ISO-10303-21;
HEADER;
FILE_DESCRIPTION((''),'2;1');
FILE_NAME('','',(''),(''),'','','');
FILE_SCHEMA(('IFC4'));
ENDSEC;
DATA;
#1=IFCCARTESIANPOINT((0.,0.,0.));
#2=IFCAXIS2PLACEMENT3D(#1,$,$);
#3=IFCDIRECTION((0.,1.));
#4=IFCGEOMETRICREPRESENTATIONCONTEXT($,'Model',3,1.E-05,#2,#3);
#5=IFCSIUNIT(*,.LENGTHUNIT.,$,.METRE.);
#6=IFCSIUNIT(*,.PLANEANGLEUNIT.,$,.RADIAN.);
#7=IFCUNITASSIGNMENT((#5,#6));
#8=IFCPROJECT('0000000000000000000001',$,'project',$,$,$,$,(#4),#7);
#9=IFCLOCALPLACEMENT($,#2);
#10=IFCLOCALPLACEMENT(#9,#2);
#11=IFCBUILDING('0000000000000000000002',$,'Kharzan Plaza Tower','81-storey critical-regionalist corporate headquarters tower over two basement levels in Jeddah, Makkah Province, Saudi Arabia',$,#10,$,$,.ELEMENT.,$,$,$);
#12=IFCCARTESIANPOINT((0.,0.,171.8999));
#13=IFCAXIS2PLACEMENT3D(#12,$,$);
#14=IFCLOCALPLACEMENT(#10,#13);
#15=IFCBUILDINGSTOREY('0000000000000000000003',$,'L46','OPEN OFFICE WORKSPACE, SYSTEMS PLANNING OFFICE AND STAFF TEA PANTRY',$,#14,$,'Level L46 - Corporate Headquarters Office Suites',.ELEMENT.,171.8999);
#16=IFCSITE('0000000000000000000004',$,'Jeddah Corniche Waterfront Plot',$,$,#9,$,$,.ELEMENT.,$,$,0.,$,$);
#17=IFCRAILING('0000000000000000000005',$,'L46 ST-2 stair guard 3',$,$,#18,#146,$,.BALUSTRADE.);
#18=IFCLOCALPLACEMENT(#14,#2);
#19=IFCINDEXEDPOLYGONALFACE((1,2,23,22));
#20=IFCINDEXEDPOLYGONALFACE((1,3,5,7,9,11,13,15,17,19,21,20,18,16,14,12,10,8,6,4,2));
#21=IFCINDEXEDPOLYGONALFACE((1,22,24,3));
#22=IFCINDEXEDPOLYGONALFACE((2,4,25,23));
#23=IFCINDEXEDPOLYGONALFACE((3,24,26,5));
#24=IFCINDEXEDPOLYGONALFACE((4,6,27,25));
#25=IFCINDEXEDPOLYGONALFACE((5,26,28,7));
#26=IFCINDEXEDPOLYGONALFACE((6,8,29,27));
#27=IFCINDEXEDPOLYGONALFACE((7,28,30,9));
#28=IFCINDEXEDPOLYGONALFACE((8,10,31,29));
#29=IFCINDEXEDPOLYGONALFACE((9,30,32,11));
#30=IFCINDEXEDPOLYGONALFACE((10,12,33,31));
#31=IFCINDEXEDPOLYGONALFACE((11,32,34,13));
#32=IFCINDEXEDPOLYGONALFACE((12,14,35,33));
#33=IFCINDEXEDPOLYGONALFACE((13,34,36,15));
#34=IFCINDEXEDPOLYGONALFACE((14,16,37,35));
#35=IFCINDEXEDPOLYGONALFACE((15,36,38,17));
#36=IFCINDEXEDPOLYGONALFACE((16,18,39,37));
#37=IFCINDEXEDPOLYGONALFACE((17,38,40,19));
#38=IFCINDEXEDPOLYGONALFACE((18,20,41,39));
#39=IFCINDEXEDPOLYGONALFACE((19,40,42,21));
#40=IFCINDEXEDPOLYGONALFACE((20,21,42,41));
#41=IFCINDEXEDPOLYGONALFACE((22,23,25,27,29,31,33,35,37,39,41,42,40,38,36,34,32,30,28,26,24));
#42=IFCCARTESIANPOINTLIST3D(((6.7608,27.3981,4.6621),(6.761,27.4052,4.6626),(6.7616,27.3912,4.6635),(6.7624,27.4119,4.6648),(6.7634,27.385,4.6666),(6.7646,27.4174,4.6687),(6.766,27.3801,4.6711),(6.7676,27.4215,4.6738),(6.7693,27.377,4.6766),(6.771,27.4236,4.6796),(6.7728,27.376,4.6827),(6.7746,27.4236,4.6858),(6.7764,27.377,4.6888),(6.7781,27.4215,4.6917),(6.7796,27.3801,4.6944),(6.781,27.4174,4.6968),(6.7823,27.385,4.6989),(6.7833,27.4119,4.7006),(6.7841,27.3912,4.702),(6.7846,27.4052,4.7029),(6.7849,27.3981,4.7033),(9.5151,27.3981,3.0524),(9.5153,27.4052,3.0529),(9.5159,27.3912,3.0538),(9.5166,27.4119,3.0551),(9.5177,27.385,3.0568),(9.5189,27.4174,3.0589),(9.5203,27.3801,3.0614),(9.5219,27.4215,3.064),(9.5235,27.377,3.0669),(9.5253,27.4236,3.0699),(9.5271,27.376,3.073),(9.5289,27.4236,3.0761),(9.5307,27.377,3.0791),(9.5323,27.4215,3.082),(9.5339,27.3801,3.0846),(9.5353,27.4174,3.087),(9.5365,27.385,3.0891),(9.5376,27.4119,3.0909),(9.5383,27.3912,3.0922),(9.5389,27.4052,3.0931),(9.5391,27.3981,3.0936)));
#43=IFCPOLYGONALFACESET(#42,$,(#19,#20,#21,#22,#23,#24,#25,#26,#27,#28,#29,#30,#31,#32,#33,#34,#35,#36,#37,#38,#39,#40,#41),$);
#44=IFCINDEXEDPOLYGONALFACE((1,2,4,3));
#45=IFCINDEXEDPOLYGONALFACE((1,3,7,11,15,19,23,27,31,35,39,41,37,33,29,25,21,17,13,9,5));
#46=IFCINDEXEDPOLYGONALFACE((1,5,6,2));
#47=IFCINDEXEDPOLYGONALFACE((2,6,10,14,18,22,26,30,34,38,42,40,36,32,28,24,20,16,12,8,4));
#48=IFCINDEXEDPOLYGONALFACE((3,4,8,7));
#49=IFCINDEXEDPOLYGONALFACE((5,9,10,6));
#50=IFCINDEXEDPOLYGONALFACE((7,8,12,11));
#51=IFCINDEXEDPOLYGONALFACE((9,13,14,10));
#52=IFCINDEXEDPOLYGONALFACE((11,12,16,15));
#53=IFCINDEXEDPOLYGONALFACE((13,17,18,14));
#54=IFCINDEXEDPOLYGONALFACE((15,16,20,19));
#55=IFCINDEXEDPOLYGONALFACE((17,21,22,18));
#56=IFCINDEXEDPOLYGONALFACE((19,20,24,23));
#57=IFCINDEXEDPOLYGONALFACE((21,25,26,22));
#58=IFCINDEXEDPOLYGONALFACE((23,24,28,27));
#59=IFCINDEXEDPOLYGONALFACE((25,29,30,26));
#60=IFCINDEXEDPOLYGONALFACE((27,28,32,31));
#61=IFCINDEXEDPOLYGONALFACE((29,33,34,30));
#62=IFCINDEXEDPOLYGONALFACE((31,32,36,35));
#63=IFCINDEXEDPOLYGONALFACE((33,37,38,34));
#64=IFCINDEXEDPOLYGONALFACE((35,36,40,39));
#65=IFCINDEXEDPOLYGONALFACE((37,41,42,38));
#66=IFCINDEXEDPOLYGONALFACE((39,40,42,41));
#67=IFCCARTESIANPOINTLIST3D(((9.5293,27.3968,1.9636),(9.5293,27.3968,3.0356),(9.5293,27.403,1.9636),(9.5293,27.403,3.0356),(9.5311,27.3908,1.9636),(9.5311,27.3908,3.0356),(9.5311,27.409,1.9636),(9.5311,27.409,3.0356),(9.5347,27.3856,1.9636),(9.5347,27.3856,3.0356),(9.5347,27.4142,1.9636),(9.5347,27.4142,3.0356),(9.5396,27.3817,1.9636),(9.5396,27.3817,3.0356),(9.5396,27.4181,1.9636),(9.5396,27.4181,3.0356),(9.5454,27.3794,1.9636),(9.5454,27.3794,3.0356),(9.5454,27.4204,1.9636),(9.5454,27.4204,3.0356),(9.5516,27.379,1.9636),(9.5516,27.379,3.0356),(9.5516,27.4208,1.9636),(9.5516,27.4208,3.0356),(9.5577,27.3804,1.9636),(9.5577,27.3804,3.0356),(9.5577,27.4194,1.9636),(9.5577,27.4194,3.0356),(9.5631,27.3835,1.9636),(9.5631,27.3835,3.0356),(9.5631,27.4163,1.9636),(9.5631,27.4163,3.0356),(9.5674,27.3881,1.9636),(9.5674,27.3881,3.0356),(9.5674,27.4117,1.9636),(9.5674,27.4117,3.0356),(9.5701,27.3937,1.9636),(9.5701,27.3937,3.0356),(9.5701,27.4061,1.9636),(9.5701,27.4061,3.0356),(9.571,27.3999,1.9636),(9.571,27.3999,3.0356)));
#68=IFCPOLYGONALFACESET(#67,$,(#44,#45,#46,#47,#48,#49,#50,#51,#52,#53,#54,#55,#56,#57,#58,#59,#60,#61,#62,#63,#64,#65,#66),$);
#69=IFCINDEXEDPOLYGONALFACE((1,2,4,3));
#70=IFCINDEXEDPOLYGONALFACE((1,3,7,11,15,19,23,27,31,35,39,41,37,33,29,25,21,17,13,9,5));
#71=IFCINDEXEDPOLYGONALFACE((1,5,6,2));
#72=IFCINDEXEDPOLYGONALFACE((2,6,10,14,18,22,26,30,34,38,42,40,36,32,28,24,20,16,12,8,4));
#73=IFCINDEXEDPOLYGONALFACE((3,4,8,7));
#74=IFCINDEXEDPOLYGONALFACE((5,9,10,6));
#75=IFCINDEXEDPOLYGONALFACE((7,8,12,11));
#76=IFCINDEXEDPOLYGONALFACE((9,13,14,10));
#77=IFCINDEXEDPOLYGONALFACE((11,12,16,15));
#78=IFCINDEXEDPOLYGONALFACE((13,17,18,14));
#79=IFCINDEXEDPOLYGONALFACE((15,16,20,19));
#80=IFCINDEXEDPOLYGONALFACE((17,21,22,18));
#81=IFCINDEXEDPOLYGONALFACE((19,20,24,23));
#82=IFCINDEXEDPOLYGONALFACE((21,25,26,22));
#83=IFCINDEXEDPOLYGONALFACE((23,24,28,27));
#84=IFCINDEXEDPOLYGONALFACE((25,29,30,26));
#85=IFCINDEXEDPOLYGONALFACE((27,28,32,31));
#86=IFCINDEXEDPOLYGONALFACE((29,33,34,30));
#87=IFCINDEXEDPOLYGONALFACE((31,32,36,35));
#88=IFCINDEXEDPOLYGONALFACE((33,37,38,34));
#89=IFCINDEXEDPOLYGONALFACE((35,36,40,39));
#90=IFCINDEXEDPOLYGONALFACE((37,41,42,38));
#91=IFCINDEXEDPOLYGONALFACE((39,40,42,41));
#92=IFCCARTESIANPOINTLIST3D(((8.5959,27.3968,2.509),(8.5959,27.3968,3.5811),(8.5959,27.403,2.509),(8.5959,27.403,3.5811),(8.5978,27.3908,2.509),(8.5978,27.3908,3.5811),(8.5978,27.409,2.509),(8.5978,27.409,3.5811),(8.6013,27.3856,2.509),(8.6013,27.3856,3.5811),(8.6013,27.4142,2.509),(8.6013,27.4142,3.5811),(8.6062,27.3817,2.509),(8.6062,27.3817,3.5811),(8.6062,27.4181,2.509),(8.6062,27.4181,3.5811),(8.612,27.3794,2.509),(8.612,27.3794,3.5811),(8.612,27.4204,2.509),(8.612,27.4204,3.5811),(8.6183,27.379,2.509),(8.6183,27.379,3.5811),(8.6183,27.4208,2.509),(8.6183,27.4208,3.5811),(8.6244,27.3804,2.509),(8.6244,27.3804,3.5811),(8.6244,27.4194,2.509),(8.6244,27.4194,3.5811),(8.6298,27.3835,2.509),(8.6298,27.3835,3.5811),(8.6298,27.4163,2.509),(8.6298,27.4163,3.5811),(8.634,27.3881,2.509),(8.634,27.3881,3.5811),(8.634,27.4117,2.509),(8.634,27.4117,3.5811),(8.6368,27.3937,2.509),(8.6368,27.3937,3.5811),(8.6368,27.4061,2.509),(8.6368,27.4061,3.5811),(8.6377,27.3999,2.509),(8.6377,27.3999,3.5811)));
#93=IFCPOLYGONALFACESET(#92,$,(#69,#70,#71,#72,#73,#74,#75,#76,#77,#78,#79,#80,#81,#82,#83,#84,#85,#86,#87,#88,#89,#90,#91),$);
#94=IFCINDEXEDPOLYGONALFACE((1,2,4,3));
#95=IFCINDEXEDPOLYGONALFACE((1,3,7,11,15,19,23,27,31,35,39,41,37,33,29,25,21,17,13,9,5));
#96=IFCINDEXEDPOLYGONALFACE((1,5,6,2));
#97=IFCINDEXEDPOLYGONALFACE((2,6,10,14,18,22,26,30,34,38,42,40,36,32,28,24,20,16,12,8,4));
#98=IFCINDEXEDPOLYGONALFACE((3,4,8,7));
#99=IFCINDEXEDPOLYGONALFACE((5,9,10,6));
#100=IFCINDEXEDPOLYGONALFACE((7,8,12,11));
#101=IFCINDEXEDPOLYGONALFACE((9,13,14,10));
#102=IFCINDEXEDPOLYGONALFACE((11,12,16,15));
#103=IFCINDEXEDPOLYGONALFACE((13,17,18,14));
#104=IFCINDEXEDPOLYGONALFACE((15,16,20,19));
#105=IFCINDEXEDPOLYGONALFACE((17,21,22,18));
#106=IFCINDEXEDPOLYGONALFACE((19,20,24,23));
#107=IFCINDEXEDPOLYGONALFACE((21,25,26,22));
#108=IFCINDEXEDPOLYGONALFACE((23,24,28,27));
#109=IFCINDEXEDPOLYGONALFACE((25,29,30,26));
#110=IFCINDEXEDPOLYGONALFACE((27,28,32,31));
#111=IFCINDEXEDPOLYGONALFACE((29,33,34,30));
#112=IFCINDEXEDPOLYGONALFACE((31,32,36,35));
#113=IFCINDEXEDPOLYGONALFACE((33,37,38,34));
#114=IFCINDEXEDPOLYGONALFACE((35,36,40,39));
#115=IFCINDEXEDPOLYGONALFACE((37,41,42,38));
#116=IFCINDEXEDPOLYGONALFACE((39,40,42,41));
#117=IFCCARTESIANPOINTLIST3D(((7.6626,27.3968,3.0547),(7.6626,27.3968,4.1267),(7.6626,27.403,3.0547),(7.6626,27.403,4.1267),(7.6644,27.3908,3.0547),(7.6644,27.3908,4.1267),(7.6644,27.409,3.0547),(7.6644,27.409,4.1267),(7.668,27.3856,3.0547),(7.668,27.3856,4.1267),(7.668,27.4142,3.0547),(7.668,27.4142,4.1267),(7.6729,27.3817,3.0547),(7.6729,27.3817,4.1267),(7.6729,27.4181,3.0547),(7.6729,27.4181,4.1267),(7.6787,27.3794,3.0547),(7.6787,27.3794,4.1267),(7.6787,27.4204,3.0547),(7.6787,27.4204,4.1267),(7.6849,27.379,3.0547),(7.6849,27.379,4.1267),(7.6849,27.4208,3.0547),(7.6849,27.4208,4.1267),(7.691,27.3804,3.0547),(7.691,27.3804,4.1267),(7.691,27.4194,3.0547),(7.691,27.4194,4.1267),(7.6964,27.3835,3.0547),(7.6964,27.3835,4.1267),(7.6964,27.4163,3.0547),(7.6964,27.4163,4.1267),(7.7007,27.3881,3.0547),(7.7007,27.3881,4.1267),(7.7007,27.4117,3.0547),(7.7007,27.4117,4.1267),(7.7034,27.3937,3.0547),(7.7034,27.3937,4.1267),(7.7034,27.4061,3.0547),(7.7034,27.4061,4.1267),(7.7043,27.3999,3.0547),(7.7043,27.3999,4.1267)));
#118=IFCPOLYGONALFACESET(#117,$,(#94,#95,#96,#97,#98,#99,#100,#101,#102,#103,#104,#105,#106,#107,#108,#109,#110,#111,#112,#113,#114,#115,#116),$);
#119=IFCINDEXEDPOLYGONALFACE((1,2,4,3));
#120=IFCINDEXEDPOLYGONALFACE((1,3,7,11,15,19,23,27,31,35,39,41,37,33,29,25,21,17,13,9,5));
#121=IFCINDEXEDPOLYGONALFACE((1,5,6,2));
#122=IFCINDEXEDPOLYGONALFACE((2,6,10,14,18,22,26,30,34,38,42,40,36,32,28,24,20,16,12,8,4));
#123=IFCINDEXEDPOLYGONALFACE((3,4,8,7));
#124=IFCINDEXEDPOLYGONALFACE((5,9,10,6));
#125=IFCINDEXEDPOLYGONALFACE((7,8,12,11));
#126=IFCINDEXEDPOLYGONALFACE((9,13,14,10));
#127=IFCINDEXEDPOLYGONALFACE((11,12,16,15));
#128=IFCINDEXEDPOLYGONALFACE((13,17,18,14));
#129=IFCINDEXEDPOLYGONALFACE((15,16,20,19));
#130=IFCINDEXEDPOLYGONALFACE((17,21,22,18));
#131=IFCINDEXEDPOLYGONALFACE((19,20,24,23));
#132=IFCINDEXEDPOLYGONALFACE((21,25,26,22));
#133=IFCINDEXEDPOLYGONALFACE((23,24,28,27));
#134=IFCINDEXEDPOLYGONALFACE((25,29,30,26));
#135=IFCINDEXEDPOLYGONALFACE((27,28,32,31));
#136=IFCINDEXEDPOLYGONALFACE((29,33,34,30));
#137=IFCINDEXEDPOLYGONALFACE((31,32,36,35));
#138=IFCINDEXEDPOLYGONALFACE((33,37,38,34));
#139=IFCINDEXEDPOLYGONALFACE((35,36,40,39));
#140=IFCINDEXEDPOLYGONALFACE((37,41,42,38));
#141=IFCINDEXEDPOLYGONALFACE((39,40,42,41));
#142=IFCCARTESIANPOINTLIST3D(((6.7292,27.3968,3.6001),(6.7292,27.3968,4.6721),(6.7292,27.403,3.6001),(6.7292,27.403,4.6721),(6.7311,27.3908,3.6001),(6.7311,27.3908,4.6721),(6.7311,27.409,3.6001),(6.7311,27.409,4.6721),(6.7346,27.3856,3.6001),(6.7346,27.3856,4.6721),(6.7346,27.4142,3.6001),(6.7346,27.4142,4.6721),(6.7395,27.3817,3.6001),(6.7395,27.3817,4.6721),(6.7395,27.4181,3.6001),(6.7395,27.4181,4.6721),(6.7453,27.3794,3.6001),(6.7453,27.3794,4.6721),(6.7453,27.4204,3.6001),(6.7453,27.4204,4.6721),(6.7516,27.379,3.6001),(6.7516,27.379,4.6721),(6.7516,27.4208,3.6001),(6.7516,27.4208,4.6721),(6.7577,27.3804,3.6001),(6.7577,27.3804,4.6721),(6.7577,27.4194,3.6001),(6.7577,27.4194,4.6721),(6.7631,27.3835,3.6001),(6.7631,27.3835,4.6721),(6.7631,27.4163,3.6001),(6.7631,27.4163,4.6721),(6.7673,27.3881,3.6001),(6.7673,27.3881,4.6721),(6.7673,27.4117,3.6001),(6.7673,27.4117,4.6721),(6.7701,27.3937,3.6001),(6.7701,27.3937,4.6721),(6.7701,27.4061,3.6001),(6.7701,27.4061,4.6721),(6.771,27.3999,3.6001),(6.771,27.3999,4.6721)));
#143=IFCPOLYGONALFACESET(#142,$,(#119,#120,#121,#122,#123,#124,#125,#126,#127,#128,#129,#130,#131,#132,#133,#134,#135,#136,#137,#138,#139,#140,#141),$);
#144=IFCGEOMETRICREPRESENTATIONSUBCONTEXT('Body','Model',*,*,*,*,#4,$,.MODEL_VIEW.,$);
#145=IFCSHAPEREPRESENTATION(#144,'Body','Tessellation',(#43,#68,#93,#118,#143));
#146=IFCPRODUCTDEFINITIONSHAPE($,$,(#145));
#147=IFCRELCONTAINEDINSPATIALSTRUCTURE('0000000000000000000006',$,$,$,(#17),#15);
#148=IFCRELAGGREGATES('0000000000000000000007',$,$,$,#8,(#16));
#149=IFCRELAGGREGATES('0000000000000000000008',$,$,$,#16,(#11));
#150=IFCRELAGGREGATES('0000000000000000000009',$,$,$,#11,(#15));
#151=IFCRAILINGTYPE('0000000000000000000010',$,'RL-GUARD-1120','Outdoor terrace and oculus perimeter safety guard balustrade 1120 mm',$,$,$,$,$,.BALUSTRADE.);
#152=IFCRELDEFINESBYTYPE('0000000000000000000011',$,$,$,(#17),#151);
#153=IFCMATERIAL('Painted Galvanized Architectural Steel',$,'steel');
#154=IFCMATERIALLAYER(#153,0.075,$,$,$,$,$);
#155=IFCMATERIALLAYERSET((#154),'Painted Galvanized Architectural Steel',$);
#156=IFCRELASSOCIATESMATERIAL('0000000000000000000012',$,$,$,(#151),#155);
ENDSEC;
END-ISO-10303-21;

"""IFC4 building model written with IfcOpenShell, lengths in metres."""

from ifc_helpers import new_model, si_unit, direction, frame, origin, origin_2d, place, context, subcontext, project, spatial, circle, extrude, source, transform, mapped, material, layer, layer_set, type_object, element, save


model = new_model("IFC4")

# Units and contexts
model_context = context("Model", 3, precision=1e-05, world=origin(), true_north=direction((0.0, 1.0)))
body_context = subcontext(model_context, "Body", "Model", "MODEL_VIEW")
ifc_project = project(units=[si_unit("LENGTHUNIT", "METRE"), si_unit("PLANEANGLEUNIT", "RADIAN")], contexts=[model_context])

# Site, building, storey
site_placement = place(None, origin())
site = spatial("IfcSite", under=ifc_project, at=site_placement, Name="Jeddah Corniche Waterfront Plot", CompositionType="ELEMENT", RefElevation=0.0)
building_placement = place(site_placement, origin())
building = spatial("IfcBuilding", under=site, at=building_placement, Name="Kharzan Plaza Tower", Description="81-storey critical-regionalist corporate headquarters tower over two basement levels in Jeddah, Makkah Province, Saudi Arabia", CompositionType="ELEMENT")
storey_placement = place(building_placement, frame((0.0, 0.0, 171.8999)))
storey = spatial("IfcBuildingStorey", under=building, at=storey_placement, Name="L46", Description="OPEN OFFICE WORKSPACE, SYSTEMS PLANNING OFFICE AND STAFF TEA PANTRY", LongName="Level L46 - Corporate Headquarters Office Suites", CompositionType="ELEMENT", Elevation=171.8999)

# Railing
ifc_material_1 = material(Name="Painted Galvanized Architectural Steel", Category="steel")
ifc_layer_1 = layer(ifc_material_1, 0.075)
ifc_layer_set_1 = layer_set([ifc_layer_1], Name="Painted Galvanized Architectural Steel")
railing_type_1 = type_object("IfcRailingType", Name="RL-GUARD-1120", Description="Outdoor terrace and oculus perimeter safety guard balustrade 1120 mm", PredefinedType="BALUSTRADE", material=ifc_layer_set_1)
shared_shape_1 = source(origin(), body_context, "Body", "SweptSolid", [
    extrude(circle(Radius=0.0239, at=origin_2d()), frame((-0.0229, 0.0, 1.1094), z_axis=(-0.863361, 0.0, 0.504587), x_axis=(0.0, -1.0, 0.0)), (0.0, 0.0, 1.0), 3.1902),
    extrude(circle(Radius=0.021, at=origin_2d()), origin(), (0.0, 0.0, 1.0), 1.072),
    extrude(circle(Radius=0.021, at=origin_2d()), frame((-0.9333, 0.0, 0.5454)), (0.0, 0.0, 1.0), 1.072),
    extrude(circle(Radius=0.021, at=origin_2d()), frame((-1.8667, 0.0, 1.0911)), (0.0, 0.0, 1.0), 1.072),
    extrude(circle(Radius=0.021, at=origin_2d()), frame((-2.8, 0.0, 1.6365)), (0.0, 0.0, 1.0), 1.072),
])
railing_1_placement = place(storey_placement, frame((9.55, 27.3999, 1.9636)))
element("IfcRailing", 1, at=railing_1_placement, inside=storey, type_object=railing_type_1, Name="L46 ST-2 stair guard 3", PredefinedType="BALUSTRADE", context=body_context, shape_type="MappedRepresentation", body=[
    mapped(shared_shape_1, transform((0.0, 0.0, 0.0), x_axis=(1.0, 0.0, 0.0), y_axis=(0.0, 1.0, 0.0), z_axis=(0.0, 0.0, 1.0))),
])

save(model, "model.ifc")
